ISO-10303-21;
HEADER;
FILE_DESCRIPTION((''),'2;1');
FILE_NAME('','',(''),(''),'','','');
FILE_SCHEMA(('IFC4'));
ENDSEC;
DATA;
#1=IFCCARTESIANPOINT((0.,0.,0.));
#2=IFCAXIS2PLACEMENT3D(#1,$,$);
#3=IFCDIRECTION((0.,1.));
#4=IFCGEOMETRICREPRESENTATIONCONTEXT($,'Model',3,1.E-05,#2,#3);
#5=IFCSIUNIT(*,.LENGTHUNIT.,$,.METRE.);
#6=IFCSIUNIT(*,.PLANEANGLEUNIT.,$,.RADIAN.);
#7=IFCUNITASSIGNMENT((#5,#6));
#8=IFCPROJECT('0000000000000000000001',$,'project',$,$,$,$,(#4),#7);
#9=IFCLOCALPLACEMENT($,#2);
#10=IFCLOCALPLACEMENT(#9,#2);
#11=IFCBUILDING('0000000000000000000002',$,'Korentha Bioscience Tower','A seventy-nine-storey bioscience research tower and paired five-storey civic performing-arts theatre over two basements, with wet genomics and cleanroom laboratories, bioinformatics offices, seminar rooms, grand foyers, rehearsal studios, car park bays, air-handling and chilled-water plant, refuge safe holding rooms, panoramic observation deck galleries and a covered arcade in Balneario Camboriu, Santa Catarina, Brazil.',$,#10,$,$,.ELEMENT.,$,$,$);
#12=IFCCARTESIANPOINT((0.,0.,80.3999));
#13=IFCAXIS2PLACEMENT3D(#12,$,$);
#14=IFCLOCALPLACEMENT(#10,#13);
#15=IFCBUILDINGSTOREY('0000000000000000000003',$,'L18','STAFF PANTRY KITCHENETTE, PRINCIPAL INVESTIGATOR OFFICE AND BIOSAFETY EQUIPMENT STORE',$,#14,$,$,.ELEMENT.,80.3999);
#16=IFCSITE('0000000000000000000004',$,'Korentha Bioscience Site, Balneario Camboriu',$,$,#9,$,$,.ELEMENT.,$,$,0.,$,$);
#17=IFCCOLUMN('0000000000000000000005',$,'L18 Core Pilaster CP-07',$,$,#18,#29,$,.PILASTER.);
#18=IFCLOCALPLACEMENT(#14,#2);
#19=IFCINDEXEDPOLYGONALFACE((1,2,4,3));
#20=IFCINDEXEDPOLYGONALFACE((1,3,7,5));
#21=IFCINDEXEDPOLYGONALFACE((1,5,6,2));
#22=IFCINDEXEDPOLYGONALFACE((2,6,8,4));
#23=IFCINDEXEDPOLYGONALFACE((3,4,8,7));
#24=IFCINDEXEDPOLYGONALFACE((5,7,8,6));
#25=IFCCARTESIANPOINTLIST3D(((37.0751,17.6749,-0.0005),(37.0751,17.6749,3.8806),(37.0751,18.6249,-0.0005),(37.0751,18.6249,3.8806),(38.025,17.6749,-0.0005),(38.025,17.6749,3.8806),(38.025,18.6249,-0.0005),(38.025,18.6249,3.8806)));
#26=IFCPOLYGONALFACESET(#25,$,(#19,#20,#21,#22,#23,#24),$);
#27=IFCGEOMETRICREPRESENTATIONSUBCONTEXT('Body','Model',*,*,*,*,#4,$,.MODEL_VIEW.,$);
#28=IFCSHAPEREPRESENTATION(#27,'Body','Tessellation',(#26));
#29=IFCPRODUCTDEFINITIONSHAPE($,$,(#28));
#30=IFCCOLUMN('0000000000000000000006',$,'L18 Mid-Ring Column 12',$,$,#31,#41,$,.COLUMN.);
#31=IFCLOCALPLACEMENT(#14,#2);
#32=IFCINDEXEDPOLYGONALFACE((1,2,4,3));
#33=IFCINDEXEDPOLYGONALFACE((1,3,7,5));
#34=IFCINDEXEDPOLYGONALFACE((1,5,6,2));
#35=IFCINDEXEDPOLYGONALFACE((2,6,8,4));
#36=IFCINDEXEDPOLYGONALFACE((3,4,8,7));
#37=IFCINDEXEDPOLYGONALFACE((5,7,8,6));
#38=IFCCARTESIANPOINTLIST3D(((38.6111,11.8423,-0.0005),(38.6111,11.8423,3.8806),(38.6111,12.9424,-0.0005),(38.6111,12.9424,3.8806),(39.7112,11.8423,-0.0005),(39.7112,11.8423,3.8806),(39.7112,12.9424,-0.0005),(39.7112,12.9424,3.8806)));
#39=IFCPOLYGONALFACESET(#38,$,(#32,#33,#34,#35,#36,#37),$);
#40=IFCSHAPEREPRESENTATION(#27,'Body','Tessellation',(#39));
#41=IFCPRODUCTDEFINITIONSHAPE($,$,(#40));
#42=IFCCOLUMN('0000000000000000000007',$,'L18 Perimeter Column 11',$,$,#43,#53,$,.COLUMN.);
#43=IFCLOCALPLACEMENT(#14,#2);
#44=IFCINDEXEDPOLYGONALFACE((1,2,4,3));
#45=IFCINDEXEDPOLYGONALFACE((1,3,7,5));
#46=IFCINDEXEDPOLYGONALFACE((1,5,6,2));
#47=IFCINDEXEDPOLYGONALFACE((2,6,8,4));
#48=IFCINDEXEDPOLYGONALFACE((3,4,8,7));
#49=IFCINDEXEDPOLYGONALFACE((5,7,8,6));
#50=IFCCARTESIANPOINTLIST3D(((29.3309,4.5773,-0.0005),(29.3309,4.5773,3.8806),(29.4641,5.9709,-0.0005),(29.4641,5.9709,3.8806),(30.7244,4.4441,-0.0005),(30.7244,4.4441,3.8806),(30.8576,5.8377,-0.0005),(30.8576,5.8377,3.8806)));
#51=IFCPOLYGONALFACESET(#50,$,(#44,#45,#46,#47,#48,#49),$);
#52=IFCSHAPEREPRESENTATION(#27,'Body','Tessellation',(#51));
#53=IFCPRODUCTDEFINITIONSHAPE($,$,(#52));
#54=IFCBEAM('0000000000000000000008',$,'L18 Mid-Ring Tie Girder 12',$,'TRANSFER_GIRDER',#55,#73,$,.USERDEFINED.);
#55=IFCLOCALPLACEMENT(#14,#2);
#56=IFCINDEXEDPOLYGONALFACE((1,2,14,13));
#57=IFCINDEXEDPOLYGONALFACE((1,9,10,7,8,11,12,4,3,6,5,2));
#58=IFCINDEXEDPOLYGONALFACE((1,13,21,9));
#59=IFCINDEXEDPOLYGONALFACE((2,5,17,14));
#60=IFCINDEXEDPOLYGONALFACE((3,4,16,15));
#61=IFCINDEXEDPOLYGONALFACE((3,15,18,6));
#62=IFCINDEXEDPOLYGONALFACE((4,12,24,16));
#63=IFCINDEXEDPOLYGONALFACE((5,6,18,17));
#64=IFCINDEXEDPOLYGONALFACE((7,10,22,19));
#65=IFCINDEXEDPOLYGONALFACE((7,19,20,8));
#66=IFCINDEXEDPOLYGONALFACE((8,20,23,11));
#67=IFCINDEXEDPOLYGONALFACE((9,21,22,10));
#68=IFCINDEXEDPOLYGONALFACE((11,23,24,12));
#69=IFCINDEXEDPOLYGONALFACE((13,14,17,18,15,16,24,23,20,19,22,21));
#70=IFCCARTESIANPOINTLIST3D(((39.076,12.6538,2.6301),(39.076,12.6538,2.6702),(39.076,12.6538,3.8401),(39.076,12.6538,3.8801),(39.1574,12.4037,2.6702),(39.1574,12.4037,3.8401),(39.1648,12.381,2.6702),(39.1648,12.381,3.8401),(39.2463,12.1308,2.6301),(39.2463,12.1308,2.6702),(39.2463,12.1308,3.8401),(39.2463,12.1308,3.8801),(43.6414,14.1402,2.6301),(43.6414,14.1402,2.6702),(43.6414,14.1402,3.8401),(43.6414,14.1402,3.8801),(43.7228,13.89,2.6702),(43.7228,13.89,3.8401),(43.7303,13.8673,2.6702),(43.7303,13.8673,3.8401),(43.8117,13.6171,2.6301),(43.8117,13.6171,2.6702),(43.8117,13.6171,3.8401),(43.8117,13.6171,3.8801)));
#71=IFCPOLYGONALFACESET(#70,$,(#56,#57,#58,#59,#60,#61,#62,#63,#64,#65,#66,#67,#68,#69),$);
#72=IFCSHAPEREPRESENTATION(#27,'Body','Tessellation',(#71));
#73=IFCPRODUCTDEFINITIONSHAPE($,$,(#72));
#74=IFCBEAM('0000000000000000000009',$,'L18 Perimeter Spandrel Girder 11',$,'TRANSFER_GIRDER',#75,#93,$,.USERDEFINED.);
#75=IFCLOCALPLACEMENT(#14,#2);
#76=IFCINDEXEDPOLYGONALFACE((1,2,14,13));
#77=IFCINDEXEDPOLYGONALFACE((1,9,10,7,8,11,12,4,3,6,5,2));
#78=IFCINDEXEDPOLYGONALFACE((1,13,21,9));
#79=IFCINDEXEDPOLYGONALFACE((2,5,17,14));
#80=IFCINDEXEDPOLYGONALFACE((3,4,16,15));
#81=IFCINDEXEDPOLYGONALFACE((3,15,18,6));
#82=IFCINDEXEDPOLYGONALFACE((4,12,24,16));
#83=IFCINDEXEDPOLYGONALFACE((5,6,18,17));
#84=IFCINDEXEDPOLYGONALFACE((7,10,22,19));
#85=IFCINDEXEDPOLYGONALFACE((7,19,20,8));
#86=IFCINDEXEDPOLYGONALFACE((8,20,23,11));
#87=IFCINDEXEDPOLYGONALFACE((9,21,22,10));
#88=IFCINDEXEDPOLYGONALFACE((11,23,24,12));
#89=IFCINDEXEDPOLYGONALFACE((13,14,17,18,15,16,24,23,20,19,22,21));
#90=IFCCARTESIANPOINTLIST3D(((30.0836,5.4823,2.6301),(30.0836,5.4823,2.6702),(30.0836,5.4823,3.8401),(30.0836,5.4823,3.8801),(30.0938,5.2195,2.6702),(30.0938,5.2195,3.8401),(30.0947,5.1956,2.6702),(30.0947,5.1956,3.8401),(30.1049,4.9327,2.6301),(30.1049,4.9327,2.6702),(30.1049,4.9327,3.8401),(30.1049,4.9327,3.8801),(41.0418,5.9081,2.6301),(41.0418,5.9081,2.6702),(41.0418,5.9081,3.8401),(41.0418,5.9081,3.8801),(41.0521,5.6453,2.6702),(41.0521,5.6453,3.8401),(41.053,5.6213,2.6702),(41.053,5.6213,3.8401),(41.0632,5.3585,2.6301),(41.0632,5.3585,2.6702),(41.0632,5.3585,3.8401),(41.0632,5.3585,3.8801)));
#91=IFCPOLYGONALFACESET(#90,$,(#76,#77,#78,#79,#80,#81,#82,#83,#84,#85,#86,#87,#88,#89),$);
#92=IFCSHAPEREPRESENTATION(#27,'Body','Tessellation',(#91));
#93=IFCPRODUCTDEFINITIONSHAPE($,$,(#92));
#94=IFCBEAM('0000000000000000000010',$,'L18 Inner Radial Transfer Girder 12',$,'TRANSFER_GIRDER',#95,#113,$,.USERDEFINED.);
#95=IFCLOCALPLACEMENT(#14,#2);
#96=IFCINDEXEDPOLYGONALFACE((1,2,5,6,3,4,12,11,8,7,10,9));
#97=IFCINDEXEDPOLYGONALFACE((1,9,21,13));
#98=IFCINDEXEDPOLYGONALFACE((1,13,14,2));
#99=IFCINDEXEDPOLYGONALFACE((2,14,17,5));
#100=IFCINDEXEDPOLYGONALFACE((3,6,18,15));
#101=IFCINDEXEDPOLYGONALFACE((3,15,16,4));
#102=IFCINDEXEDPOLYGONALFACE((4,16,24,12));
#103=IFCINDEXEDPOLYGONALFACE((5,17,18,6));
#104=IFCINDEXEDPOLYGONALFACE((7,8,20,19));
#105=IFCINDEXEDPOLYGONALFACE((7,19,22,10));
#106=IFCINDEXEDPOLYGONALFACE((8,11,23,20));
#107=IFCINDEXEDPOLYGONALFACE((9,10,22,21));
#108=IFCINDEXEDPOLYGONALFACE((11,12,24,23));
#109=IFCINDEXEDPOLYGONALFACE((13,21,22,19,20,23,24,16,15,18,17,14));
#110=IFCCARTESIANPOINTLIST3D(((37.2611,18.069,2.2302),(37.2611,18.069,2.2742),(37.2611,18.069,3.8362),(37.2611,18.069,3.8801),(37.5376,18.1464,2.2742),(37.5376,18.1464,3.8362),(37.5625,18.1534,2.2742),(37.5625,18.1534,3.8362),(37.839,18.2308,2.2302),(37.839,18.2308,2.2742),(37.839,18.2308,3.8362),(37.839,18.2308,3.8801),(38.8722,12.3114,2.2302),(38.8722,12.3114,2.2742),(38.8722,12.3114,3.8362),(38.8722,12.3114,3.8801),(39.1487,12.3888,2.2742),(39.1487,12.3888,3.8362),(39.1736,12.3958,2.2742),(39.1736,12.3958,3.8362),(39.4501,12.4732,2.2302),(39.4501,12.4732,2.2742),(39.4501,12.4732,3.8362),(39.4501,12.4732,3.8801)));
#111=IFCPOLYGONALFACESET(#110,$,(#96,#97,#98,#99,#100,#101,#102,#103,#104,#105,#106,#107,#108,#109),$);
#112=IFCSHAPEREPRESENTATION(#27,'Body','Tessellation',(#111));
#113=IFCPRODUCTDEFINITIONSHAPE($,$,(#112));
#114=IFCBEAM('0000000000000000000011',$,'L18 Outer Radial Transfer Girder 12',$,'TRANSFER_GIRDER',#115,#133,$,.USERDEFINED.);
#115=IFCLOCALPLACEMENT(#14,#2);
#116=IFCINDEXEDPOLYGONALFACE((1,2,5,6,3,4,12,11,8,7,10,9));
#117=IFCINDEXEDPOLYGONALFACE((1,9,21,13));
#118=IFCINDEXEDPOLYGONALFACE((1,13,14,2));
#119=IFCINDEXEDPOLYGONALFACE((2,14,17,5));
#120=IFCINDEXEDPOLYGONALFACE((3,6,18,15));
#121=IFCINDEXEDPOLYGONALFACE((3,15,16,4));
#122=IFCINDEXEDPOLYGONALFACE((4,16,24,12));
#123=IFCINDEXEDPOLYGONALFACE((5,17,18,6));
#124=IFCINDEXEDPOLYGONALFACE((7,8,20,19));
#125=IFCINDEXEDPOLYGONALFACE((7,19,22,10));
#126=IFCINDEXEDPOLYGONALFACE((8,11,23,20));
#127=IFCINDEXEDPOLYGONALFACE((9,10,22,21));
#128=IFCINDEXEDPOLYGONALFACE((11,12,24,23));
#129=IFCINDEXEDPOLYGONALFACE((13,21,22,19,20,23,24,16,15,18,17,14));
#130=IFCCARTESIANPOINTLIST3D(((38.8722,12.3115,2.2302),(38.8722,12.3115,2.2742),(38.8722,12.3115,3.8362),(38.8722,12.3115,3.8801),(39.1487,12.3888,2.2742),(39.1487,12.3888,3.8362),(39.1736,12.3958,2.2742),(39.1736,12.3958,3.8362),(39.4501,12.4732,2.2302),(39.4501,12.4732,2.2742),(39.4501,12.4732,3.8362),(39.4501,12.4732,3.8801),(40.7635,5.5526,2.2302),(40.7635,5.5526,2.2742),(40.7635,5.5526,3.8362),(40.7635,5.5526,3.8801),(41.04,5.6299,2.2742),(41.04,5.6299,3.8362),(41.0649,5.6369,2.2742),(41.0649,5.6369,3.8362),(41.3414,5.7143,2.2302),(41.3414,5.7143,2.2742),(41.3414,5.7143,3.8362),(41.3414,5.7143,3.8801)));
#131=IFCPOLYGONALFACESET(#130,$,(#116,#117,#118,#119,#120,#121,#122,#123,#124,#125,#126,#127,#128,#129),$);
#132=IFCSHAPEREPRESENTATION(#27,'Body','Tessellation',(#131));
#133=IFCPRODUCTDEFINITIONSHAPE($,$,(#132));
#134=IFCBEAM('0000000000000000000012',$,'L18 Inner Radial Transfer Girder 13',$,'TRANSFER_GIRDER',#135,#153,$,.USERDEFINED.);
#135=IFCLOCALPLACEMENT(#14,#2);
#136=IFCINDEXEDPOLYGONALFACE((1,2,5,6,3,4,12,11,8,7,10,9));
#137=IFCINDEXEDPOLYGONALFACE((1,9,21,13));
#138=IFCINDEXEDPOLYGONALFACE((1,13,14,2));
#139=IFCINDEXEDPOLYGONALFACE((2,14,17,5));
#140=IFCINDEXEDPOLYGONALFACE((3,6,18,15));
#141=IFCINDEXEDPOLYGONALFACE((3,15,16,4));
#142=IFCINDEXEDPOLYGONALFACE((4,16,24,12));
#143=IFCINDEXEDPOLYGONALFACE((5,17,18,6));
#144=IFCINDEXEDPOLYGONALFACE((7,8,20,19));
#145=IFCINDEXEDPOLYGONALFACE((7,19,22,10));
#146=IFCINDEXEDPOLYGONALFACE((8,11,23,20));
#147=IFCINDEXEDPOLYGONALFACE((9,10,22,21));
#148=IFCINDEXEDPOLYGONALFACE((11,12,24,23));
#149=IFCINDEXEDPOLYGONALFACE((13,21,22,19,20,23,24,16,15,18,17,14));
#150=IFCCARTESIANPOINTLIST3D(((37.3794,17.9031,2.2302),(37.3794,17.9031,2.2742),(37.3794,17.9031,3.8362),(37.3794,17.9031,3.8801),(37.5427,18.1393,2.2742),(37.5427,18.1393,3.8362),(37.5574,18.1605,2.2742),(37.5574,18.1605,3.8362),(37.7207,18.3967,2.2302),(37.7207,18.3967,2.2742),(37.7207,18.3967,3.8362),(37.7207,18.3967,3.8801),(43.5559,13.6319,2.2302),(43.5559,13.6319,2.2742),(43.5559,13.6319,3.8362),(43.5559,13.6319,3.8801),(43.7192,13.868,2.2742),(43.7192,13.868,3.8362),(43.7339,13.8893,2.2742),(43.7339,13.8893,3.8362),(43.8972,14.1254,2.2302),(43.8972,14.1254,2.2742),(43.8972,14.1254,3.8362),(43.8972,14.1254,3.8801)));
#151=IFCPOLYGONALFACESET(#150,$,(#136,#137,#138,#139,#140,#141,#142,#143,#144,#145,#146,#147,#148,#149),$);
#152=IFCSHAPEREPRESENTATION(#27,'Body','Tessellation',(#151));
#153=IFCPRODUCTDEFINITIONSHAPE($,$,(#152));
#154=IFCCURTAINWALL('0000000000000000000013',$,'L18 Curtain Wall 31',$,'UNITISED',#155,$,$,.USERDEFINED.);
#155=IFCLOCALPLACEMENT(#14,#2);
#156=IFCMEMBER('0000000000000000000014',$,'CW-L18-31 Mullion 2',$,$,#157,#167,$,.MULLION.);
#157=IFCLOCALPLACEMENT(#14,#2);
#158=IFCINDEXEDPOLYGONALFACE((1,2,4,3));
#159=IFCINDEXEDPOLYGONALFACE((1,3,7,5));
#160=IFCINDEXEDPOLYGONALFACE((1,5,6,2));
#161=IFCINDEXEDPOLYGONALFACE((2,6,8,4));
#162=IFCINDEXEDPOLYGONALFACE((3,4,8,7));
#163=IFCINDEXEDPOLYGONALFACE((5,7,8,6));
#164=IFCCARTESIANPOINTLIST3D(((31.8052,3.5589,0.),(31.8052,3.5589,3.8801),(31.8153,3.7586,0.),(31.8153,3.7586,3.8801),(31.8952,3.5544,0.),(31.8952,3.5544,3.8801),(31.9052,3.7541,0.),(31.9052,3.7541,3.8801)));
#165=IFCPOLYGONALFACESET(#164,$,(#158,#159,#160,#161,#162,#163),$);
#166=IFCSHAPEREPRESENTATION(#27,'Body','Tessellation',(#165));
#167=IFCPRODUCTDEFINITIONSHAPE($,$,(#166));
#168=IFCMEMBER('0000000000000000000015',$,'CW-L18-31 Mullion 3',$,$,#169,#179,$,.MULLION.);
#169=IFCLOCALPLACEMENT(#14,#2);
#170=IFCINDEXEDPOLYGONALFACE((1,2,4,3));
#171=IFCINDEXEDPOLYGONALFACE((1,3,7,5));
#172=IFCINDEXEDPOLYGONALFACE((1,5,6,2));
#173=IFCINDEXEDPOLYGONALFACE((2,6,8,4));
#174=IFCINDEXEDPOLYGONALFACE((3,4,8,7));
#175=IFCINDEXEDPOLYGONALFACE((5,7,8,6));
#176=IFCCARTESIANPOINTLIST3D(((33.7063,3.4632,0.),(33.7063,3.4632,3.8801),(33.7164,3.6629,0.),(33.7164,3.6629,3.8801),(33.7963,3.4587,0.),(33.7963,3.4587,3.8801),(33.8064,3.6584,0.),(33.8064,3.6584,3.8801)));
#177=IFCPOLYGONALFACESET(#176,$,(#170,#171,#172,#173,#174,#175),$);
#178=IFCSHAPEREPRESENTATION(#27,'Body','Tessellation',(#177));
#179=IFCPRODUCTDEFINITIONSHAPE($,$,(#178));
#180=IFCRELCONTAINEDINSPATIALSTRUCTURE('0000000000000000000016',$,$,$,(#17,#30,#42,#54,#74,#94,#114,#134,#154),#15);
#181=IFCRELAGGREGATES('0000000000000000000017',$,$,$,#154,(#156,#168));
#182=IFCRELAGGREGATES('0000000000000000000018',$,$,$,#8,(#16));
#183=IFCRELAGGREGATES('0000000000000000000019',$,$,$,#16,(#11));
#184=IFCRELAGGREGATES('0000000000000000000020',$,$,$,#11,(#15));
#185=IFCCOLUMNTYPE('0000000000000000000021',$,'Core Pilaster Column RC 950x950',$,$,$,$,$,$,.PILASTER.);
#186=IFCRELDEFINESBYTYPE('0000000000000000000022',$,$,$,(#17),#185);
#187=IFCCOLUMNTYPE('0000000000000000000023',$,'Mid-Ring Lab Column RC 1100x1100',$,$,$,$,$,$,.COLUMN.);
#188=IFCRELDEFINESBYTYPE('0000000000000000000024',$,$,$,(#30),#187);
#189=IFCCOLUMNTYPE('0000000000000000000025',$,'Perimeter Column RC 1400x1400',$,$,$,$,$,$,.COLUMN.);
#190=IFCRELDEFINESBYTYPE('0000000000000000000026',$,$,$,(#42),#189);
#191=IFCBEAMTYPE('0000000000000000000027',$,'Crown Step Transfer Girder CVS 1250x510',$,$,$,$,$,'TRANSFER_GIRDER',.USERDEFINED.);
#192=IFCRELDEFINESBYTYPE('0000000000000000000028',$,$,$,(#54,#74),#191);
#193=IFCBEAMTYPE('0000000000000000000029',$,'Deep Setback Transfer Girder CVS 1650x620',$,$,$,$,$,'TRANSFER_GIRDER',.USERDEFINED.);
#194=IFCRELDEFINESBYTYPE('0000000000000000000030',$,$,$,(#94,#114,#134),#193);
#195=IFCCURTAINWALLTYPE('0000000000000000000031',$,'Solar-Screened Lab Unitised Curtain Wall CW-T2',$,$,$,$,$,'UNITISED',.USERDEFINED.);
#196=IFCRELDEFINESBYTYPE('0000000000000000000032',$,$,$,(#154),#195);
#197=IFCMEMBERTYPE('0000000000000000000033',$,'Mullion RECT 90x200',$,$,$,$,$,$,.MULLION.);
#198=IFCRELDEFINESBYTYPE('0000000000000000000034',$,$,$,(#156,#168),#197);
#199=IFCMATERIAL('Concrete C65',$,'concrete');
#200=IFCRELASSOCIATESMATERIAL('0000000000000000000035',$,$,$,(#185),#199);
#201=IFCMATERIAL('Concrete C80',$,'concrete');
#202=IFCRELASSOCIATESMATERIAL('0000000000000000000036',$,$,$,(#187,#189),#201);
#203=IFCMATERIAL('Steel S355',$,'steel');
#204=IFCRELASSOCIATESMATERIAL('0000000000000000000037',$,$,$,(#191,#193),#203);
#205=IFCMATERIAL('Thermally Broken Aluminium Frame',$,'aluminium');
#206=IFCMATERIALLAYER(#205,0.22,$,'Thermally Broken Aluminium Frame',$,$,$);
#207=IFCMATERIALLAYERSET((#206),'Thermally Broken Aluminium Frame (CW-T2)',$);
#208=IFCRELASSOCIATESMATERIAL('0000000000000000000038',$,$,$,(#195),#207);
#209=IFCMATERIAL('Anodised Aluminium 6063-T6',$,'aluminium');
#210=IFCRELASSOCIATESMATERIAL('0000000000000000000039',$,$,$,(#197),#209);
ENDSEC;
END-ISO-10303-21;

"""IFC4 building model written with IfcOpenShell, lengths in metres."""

from ifc_helpers import new_model, si_unit, direction, frame, origin, origin_2d, place, context, subcontext, project, spatial, rectangle, i_section, extrude, material, layer, layer_set, material_profile, profile_set, type_object, element, aggregate, save


model = new_model("IFC4")

# Units and contexts
model_context = context("Model", 3, precision=1e-05, world=origin(), true_north=direction((0.0, 1.0)))
body_context = subcontext(model_context, "Body", "Model", "MODEL_VIEW")
ifc_project = project(units=[si_unit("LENGTHUNIT", "METRE"), si_unit("PLANEANGLEUNIT", "RADIAN")], contexts=[model_context])

# Site, building, storey
site_placement = place(None, origin())
site = spatial("IfcSite", under=ifc_project, at=site_placement, Name="Korentha Bioscience Site, Balneario Camboriu", CompositionType="ELEMENT", RefElevation=0.0)
building_placement = place(site_placement, origin())
building = spatial("IfcBuilding", under=site, at=building_placement, Name="Korentha Bioscience Tower", Description="A seventy-nine-storey bioscience research tower and paired five-storey civic performing-arts theatre over two basements, with wet genomics and cleanroom laboratories, bioinformatics offices, seminar rooms, grand foyers, rehearsal studios, car park bays, air-handling and chilled-water plant, refuge safe holding rooms, panoramic observation deck galleries and a covered arcade in Balneario Camboriu, Santa Catarina, Brazil.", CompositionType="ELEMENT")
storey_placement = place(building_placement, frame((0.0, 0.0, 80.3999)))
storey = spatial("IfcBuildingStorey", under=building, at=storey_placement, Name="L18", Description="STAFF PANTRY KITCHENETTE, PRINCIPAL INVESTIGATOR OFFICE AND BIOSAFETY EQUIPMENT STORE", CompositionType="ELEMENT", Elevation=80.3999)

# Columns
ifc_material_1 = material(Name="Concrete C65", Category="concrete")
ifc_material_profile_1 = material_profile(ifc_material_1, rectangle(XDim=0.95, YDim=0.95, at=origin_2d()), Name="Concrete C65")
ifc_profile_set_1 = profile_set([ifc_material_profile_1], Name="Concrete C65 (COL-CP09)")
column_type_1 = type_object("IfcColumnType", Name="Core Pilaster Column RC 950x950", PredefinedType="PILASTER", material=ifc_profile_set_1)
column_1_placement = place(storey_placement, frame((37.55, 18.1499, -0.0005), z_axis=(0.0, 0.0, 1.0), x_axis=(1.0, 0.0, 0.0)))
element("IfcColumn", 1, at=column_1_placement, inside=storey, type_object=column_type_1, Name="L18 Core Pilaster CP-07", PredefinedType="PILASTER", context=body_context, shape_type="SweptSolid", body=[
    extrude(rectangle(XDim=0.95, YDim=0.95, at=origin_2d()), origin(), (0.0, 0.0, 1.0), 3.8811),
])
ifc_material_2 = material(Name="Concrete C80", Category="concrete")
ifc_material_profile_2 = material_profile(ifc_material_2, rectangle(XDim=1.1001, YDim=1.1001, at=origin_2d()), Name="Concrete C80")
ifc_profile_set_2 = profile_set([ifc_material_profile_2], Name="Concrete C80 (COL-MR11)")
column_type_2 = type_object("IfcColumnType", Name="Mid-Ring Lab Column RC 1100x1100", PredefinedType="COLUMN", material=ifc_profile_set_2)
column_2_placement = place(storey_placement, frame((39.1611, 12.3923, -0.0005), z_axis=(0.0, 0.0, 1.0), x_axis=(1.0, 0.0, 0.0)))
element("IfcColumn", 2, at=column_2_placement, inside=storey, type_object=column_type_2, Name="L18 Mid-Ring Column 12", PredefinedType="COLUMN", context=body_context, shape_type="SweptSolid", body=[
    extrude(rectangle(XDim=1.1001, YDim=1.1001, at=origin_2d()), origin(), (0.0, 0.0, 1.0), 3.8811),
])
ifc_material_profile_3 = material_profile(ifc_material_2, rectangle(XDim=1.3999, YDim=1.3999, at=origin_2d()), Name="Concrete C80")
ifc_profile_set_3 = profile_set([ifc_material_profile_3], Name="Concrete C80 (COL-P14)")
column_type_3 = type_object("IfcColumnType", Name="Perimeter Column RC 1400x1400", PredefinedType="COLUMN", material=ifc_profile_set_3)
column_3_placement = place(storey_placement, frame((30.0942, 5.2075, -0.0005), z_axis=(0.0, 0.0, 1.0), x_axis=(-0.995463, 0.095151, 0.0)))
element("IfcColumn", 3, at=column_3_placement, inside=storey, type_object=column_type_3, Name="L18 Perimeter Column 11", PredefinedType="COLUMN", context=body_context, shape_type="SweptSolid", body=[
    extrude(rectangle(XDim=1.3999, YDim=1.3999, at=origin_2d()), origin(), (0.0, 0.0, 1.0), 3.8811),
])

# Beams
ifc_material_3 = material(Name="Steel S355", Category="steel")
ifc_material_profile_4 = material_profile(ifc_material_3, i_section(OverallWidth=0.55, OverallDepth=1.25, WebThickness=0.0239, FlangeThickness=0.04, at=origin_2d()), Name="Steel S355")
ifc_profile_set_4 = profile_set([ifc_material_profile_4], Name="Steel S355 (TG-03)")
beam_type_1 = type_object("IfcBeamType", Name="Crown Step Transfer Girder CVS 1250x510", ElementType="TRANSFER_GIRDER", PredefinedType="USERDEFINED", material=ifc_profile_set_4)
beam_1_placement = place(storey_placement, frame((39.1611, 12.3923, 3.2551), z_axis=(0.950877, 0.309569, 0.0), x_axis=(-0.309569, 0.950877, 0.0)))
element("IfcBeam", 4, at=beam_1_placement, inside=storey, type_object=beam_type_1, Name="L18 Mid-Ring Tie Girder 12", ObjectType="TRANSFER_GIRDER", PredefinedType="USERDEFINED", context=body_context, shape_type="SweptSolid", body=[
    extrude(i_section(OverallWidth=0.55, OverallDepth=1.25, WebThickness=0.0239, FlangeThickness=0.04, at=origin_2d()), origin(), (0.0, 0.0, 1.0), 4.8013),
])
beam_2_placement = place(storey_placement, frame((30.0942, 5.2075, 3.2551), z_axis=(0.999246, 0.038826, 0.0), x_axis=(-0.038826, 0.999246, 0.0)))
element("IfcBeam", 5, at=beam_2_placement, inside=storey, type_object=beam_type_1, Name="L18 Perimeter Spandrel Girder 11", ObjectType="TRANSFER_GIRDER", PredefinedType="USERDEFINED", context=body_context, shape_type="SweptSolid", body=[
    extrude(i_section(OverallWidth=0.55, OverallDepth=1.25, WebThickness=0.0239, FlangeThickness=0.04, at=origin_2d()), origin(), (0.0, 0.0, 1.0), 10.9666),
])
ifc_material_profile_5 = material_profile(ifc_material_3, i_section(OverallWidth=0.6001, OverallDepth=1.6499, WebThickness=0.0259, FlangeThickness=0.0439, at=origin_2d()), Name="Steel S355")
ifc_profile_set_5 = profile_set([ifc_material_profile_5], Name="Steel S355 (TG-04)")
beam_type_2 = type_object("IfcBeamType", Name="Deep Setback Transfer Girder CVS 1650x620", ElementType="TRANSFER_GIRDER", PredefinedType="USERDEFINED", material=ifc_profile_set_5)
beam_3_placement = place(storey_placement, frame((37.55, 18.1499, 3.0552), z_axis=(0.269469, -0.963009, 0.0), x_axis=(0.963009, 0.269469, 0.0)))
element("IfcBeam", 6, at=beam_3_placement, inside=storey, type_object=beam_type_2, Name="L18 Inner Radial Transfer Girder 12", ObjectType="TRANSFER_GIRDER", PredefinedType="USERDEFINED", context=body_context, shape_type="SweptSolid", body=[
    extrude(i_section(OverallWidth=0.6001, OverallDepth=1.6499, WebThickness=0.0259, FlangeThickness=0.0439, at=origin_2d()), origin(), (0.0, 0.0, 1.0), 5.9788),
])
beam_4_placement = place(storey_placement, frame((39.1611, 12.3923, 3.0552), z_axis=(0.269475, -0.963007, 0.0), x_axis=(0.963007, 0.269475, 0.0)))
element("IfcBeam", 7, at=beam_4_placement, inside=storey, type_object=beam_type_2, Name="L18 Outer Radial Transfer Girder 12", ObjectType="TRANSFER_GIRDER", PredefinedType="USERDEFINED", context=body_context, shape_type="SweptSolid", body=[
    extrude(i_section(OverallWidth=0.6001, OverallDepth=1.6499, WebThickness=0.0259, FlangeThickness=0.0439, at=origin_2d()), origin(), (0.0, 0.0, 1.0), 7.0186),
])
beam_5_placement = place(storey_placement, frame((37.55, 18.1499, 3.0552), z_axis=(0.822492, -0.568777, 0.0), x_axis=(0.568777, 0.822492, 0.0)))
element("IfcBeam", 8, at=beam_5_placement, inside=storey, type_object=beam_type_2, Name="L18 Inner Radial Transfer Girder 13", ObjectType="TRANSFER_GIRDER", PredefinedType="USERDEFINED", context=body_context, shape_type="SweptSolid", body=[
    extrude(i_section(OverallWidth=0.6001, OverallDepth=1.6499, WebThickness=0.0259, FlangeThickness=0.0439, at=origin_2d()), origin(), (0.0, 0.0, 1.0), 7.5095),
])

# Curtain wall, members
ifc_material_4 = material(Name="Thermally Broken Aluminium Frame", Category="aluminium")
ifc_layer_1 = layer(ifc_material_4, 0.22, Name="Thermally Broken Aluminium Frame")
ifc_layer_set_1 = layer_set([ifc_layer_1], Name="Thermally Broken Aluminium Frame (CW-T2)")
curtain_wall_type = type_object("IfcCurtainWallType", Name="Solar-Screened Lab Unitised Curtain Wall CW-T2", ElementType="UNITISED", PredefinedType="USERDEFINED", material=ifc_layer_set_1)
curtain_wall_placement = place(storey_placement, origin())
curtain_wall = element("IfcCurtainWall", 9, at=curtain_wall_placement, inside=storey, type_object=curtain_wall_type, Name="L18 Curtain Wall 31", ObjectType="UNITISED", PredefinedType="USERDEFINED")
ifc_material_5 = material(Name="Anodised Aluminium 6063-T6", Category="aluminium")
ifc_material_profile_6 = material_profile(ifc_material_5, rectangle(XDim=0.0901, YDim=0.2, at=origin_2d()), Name="Anodised Aluminium 6063-T6")
ifc_profile_set_6 = profile_set([ifc_material_profile_6], Name="Anodised Aluminium 6063-T6 (CW-MUL)")
member_type_1 = type_object("IfcMemberType", Name="Mullion RECT 90x200", PredefinedType="MULLION", material=ifc_profile_set_6)
member_1_placement = place(storey_placement, frame((31.8552, 3.6565, 0.0), z_axis=(0.0, 0.0, 1.0), x_axis=(0.998731, -0.050371, 0.0)))
member_1 = element("IfcMember", 10, at=member_1_placement, type_object=member_type_1, Name="CW-L18-31 Mullion 2", PredefinedType="MULLION", context=body_context, shape_type="SweptSolid", body=[
    extrude(rectangle(XDim=0.0901, YDim=0.2, at=origin_2d()), origin(), (0.0, 0.0, 1.0), 3.8801),
])
member_2_placement = place(storey_placement, frame((33.7563, 3.5608, 0.0), z_axis=(0.0, 0.0, 1.0), x_axis=(0.998731, -0.050371, 0.0)))
member_2 = element("IfcMember", 11, at=member_2_placement, type_object=member_type_1, Name="CW-L18-31 Mullion 3", PredefinedType="MULLION", context=body_context, shape_type="SweptSolid", body=[
    extrude(rectangle(XDim=0.0901, YDim=0.2, at=origin_2d()), origin(), (0.0, 0.0, 1.0), 3.8801),
])
aggregate(curtain_wall, [member_1, member_2])

save(model, "model.ifc")
